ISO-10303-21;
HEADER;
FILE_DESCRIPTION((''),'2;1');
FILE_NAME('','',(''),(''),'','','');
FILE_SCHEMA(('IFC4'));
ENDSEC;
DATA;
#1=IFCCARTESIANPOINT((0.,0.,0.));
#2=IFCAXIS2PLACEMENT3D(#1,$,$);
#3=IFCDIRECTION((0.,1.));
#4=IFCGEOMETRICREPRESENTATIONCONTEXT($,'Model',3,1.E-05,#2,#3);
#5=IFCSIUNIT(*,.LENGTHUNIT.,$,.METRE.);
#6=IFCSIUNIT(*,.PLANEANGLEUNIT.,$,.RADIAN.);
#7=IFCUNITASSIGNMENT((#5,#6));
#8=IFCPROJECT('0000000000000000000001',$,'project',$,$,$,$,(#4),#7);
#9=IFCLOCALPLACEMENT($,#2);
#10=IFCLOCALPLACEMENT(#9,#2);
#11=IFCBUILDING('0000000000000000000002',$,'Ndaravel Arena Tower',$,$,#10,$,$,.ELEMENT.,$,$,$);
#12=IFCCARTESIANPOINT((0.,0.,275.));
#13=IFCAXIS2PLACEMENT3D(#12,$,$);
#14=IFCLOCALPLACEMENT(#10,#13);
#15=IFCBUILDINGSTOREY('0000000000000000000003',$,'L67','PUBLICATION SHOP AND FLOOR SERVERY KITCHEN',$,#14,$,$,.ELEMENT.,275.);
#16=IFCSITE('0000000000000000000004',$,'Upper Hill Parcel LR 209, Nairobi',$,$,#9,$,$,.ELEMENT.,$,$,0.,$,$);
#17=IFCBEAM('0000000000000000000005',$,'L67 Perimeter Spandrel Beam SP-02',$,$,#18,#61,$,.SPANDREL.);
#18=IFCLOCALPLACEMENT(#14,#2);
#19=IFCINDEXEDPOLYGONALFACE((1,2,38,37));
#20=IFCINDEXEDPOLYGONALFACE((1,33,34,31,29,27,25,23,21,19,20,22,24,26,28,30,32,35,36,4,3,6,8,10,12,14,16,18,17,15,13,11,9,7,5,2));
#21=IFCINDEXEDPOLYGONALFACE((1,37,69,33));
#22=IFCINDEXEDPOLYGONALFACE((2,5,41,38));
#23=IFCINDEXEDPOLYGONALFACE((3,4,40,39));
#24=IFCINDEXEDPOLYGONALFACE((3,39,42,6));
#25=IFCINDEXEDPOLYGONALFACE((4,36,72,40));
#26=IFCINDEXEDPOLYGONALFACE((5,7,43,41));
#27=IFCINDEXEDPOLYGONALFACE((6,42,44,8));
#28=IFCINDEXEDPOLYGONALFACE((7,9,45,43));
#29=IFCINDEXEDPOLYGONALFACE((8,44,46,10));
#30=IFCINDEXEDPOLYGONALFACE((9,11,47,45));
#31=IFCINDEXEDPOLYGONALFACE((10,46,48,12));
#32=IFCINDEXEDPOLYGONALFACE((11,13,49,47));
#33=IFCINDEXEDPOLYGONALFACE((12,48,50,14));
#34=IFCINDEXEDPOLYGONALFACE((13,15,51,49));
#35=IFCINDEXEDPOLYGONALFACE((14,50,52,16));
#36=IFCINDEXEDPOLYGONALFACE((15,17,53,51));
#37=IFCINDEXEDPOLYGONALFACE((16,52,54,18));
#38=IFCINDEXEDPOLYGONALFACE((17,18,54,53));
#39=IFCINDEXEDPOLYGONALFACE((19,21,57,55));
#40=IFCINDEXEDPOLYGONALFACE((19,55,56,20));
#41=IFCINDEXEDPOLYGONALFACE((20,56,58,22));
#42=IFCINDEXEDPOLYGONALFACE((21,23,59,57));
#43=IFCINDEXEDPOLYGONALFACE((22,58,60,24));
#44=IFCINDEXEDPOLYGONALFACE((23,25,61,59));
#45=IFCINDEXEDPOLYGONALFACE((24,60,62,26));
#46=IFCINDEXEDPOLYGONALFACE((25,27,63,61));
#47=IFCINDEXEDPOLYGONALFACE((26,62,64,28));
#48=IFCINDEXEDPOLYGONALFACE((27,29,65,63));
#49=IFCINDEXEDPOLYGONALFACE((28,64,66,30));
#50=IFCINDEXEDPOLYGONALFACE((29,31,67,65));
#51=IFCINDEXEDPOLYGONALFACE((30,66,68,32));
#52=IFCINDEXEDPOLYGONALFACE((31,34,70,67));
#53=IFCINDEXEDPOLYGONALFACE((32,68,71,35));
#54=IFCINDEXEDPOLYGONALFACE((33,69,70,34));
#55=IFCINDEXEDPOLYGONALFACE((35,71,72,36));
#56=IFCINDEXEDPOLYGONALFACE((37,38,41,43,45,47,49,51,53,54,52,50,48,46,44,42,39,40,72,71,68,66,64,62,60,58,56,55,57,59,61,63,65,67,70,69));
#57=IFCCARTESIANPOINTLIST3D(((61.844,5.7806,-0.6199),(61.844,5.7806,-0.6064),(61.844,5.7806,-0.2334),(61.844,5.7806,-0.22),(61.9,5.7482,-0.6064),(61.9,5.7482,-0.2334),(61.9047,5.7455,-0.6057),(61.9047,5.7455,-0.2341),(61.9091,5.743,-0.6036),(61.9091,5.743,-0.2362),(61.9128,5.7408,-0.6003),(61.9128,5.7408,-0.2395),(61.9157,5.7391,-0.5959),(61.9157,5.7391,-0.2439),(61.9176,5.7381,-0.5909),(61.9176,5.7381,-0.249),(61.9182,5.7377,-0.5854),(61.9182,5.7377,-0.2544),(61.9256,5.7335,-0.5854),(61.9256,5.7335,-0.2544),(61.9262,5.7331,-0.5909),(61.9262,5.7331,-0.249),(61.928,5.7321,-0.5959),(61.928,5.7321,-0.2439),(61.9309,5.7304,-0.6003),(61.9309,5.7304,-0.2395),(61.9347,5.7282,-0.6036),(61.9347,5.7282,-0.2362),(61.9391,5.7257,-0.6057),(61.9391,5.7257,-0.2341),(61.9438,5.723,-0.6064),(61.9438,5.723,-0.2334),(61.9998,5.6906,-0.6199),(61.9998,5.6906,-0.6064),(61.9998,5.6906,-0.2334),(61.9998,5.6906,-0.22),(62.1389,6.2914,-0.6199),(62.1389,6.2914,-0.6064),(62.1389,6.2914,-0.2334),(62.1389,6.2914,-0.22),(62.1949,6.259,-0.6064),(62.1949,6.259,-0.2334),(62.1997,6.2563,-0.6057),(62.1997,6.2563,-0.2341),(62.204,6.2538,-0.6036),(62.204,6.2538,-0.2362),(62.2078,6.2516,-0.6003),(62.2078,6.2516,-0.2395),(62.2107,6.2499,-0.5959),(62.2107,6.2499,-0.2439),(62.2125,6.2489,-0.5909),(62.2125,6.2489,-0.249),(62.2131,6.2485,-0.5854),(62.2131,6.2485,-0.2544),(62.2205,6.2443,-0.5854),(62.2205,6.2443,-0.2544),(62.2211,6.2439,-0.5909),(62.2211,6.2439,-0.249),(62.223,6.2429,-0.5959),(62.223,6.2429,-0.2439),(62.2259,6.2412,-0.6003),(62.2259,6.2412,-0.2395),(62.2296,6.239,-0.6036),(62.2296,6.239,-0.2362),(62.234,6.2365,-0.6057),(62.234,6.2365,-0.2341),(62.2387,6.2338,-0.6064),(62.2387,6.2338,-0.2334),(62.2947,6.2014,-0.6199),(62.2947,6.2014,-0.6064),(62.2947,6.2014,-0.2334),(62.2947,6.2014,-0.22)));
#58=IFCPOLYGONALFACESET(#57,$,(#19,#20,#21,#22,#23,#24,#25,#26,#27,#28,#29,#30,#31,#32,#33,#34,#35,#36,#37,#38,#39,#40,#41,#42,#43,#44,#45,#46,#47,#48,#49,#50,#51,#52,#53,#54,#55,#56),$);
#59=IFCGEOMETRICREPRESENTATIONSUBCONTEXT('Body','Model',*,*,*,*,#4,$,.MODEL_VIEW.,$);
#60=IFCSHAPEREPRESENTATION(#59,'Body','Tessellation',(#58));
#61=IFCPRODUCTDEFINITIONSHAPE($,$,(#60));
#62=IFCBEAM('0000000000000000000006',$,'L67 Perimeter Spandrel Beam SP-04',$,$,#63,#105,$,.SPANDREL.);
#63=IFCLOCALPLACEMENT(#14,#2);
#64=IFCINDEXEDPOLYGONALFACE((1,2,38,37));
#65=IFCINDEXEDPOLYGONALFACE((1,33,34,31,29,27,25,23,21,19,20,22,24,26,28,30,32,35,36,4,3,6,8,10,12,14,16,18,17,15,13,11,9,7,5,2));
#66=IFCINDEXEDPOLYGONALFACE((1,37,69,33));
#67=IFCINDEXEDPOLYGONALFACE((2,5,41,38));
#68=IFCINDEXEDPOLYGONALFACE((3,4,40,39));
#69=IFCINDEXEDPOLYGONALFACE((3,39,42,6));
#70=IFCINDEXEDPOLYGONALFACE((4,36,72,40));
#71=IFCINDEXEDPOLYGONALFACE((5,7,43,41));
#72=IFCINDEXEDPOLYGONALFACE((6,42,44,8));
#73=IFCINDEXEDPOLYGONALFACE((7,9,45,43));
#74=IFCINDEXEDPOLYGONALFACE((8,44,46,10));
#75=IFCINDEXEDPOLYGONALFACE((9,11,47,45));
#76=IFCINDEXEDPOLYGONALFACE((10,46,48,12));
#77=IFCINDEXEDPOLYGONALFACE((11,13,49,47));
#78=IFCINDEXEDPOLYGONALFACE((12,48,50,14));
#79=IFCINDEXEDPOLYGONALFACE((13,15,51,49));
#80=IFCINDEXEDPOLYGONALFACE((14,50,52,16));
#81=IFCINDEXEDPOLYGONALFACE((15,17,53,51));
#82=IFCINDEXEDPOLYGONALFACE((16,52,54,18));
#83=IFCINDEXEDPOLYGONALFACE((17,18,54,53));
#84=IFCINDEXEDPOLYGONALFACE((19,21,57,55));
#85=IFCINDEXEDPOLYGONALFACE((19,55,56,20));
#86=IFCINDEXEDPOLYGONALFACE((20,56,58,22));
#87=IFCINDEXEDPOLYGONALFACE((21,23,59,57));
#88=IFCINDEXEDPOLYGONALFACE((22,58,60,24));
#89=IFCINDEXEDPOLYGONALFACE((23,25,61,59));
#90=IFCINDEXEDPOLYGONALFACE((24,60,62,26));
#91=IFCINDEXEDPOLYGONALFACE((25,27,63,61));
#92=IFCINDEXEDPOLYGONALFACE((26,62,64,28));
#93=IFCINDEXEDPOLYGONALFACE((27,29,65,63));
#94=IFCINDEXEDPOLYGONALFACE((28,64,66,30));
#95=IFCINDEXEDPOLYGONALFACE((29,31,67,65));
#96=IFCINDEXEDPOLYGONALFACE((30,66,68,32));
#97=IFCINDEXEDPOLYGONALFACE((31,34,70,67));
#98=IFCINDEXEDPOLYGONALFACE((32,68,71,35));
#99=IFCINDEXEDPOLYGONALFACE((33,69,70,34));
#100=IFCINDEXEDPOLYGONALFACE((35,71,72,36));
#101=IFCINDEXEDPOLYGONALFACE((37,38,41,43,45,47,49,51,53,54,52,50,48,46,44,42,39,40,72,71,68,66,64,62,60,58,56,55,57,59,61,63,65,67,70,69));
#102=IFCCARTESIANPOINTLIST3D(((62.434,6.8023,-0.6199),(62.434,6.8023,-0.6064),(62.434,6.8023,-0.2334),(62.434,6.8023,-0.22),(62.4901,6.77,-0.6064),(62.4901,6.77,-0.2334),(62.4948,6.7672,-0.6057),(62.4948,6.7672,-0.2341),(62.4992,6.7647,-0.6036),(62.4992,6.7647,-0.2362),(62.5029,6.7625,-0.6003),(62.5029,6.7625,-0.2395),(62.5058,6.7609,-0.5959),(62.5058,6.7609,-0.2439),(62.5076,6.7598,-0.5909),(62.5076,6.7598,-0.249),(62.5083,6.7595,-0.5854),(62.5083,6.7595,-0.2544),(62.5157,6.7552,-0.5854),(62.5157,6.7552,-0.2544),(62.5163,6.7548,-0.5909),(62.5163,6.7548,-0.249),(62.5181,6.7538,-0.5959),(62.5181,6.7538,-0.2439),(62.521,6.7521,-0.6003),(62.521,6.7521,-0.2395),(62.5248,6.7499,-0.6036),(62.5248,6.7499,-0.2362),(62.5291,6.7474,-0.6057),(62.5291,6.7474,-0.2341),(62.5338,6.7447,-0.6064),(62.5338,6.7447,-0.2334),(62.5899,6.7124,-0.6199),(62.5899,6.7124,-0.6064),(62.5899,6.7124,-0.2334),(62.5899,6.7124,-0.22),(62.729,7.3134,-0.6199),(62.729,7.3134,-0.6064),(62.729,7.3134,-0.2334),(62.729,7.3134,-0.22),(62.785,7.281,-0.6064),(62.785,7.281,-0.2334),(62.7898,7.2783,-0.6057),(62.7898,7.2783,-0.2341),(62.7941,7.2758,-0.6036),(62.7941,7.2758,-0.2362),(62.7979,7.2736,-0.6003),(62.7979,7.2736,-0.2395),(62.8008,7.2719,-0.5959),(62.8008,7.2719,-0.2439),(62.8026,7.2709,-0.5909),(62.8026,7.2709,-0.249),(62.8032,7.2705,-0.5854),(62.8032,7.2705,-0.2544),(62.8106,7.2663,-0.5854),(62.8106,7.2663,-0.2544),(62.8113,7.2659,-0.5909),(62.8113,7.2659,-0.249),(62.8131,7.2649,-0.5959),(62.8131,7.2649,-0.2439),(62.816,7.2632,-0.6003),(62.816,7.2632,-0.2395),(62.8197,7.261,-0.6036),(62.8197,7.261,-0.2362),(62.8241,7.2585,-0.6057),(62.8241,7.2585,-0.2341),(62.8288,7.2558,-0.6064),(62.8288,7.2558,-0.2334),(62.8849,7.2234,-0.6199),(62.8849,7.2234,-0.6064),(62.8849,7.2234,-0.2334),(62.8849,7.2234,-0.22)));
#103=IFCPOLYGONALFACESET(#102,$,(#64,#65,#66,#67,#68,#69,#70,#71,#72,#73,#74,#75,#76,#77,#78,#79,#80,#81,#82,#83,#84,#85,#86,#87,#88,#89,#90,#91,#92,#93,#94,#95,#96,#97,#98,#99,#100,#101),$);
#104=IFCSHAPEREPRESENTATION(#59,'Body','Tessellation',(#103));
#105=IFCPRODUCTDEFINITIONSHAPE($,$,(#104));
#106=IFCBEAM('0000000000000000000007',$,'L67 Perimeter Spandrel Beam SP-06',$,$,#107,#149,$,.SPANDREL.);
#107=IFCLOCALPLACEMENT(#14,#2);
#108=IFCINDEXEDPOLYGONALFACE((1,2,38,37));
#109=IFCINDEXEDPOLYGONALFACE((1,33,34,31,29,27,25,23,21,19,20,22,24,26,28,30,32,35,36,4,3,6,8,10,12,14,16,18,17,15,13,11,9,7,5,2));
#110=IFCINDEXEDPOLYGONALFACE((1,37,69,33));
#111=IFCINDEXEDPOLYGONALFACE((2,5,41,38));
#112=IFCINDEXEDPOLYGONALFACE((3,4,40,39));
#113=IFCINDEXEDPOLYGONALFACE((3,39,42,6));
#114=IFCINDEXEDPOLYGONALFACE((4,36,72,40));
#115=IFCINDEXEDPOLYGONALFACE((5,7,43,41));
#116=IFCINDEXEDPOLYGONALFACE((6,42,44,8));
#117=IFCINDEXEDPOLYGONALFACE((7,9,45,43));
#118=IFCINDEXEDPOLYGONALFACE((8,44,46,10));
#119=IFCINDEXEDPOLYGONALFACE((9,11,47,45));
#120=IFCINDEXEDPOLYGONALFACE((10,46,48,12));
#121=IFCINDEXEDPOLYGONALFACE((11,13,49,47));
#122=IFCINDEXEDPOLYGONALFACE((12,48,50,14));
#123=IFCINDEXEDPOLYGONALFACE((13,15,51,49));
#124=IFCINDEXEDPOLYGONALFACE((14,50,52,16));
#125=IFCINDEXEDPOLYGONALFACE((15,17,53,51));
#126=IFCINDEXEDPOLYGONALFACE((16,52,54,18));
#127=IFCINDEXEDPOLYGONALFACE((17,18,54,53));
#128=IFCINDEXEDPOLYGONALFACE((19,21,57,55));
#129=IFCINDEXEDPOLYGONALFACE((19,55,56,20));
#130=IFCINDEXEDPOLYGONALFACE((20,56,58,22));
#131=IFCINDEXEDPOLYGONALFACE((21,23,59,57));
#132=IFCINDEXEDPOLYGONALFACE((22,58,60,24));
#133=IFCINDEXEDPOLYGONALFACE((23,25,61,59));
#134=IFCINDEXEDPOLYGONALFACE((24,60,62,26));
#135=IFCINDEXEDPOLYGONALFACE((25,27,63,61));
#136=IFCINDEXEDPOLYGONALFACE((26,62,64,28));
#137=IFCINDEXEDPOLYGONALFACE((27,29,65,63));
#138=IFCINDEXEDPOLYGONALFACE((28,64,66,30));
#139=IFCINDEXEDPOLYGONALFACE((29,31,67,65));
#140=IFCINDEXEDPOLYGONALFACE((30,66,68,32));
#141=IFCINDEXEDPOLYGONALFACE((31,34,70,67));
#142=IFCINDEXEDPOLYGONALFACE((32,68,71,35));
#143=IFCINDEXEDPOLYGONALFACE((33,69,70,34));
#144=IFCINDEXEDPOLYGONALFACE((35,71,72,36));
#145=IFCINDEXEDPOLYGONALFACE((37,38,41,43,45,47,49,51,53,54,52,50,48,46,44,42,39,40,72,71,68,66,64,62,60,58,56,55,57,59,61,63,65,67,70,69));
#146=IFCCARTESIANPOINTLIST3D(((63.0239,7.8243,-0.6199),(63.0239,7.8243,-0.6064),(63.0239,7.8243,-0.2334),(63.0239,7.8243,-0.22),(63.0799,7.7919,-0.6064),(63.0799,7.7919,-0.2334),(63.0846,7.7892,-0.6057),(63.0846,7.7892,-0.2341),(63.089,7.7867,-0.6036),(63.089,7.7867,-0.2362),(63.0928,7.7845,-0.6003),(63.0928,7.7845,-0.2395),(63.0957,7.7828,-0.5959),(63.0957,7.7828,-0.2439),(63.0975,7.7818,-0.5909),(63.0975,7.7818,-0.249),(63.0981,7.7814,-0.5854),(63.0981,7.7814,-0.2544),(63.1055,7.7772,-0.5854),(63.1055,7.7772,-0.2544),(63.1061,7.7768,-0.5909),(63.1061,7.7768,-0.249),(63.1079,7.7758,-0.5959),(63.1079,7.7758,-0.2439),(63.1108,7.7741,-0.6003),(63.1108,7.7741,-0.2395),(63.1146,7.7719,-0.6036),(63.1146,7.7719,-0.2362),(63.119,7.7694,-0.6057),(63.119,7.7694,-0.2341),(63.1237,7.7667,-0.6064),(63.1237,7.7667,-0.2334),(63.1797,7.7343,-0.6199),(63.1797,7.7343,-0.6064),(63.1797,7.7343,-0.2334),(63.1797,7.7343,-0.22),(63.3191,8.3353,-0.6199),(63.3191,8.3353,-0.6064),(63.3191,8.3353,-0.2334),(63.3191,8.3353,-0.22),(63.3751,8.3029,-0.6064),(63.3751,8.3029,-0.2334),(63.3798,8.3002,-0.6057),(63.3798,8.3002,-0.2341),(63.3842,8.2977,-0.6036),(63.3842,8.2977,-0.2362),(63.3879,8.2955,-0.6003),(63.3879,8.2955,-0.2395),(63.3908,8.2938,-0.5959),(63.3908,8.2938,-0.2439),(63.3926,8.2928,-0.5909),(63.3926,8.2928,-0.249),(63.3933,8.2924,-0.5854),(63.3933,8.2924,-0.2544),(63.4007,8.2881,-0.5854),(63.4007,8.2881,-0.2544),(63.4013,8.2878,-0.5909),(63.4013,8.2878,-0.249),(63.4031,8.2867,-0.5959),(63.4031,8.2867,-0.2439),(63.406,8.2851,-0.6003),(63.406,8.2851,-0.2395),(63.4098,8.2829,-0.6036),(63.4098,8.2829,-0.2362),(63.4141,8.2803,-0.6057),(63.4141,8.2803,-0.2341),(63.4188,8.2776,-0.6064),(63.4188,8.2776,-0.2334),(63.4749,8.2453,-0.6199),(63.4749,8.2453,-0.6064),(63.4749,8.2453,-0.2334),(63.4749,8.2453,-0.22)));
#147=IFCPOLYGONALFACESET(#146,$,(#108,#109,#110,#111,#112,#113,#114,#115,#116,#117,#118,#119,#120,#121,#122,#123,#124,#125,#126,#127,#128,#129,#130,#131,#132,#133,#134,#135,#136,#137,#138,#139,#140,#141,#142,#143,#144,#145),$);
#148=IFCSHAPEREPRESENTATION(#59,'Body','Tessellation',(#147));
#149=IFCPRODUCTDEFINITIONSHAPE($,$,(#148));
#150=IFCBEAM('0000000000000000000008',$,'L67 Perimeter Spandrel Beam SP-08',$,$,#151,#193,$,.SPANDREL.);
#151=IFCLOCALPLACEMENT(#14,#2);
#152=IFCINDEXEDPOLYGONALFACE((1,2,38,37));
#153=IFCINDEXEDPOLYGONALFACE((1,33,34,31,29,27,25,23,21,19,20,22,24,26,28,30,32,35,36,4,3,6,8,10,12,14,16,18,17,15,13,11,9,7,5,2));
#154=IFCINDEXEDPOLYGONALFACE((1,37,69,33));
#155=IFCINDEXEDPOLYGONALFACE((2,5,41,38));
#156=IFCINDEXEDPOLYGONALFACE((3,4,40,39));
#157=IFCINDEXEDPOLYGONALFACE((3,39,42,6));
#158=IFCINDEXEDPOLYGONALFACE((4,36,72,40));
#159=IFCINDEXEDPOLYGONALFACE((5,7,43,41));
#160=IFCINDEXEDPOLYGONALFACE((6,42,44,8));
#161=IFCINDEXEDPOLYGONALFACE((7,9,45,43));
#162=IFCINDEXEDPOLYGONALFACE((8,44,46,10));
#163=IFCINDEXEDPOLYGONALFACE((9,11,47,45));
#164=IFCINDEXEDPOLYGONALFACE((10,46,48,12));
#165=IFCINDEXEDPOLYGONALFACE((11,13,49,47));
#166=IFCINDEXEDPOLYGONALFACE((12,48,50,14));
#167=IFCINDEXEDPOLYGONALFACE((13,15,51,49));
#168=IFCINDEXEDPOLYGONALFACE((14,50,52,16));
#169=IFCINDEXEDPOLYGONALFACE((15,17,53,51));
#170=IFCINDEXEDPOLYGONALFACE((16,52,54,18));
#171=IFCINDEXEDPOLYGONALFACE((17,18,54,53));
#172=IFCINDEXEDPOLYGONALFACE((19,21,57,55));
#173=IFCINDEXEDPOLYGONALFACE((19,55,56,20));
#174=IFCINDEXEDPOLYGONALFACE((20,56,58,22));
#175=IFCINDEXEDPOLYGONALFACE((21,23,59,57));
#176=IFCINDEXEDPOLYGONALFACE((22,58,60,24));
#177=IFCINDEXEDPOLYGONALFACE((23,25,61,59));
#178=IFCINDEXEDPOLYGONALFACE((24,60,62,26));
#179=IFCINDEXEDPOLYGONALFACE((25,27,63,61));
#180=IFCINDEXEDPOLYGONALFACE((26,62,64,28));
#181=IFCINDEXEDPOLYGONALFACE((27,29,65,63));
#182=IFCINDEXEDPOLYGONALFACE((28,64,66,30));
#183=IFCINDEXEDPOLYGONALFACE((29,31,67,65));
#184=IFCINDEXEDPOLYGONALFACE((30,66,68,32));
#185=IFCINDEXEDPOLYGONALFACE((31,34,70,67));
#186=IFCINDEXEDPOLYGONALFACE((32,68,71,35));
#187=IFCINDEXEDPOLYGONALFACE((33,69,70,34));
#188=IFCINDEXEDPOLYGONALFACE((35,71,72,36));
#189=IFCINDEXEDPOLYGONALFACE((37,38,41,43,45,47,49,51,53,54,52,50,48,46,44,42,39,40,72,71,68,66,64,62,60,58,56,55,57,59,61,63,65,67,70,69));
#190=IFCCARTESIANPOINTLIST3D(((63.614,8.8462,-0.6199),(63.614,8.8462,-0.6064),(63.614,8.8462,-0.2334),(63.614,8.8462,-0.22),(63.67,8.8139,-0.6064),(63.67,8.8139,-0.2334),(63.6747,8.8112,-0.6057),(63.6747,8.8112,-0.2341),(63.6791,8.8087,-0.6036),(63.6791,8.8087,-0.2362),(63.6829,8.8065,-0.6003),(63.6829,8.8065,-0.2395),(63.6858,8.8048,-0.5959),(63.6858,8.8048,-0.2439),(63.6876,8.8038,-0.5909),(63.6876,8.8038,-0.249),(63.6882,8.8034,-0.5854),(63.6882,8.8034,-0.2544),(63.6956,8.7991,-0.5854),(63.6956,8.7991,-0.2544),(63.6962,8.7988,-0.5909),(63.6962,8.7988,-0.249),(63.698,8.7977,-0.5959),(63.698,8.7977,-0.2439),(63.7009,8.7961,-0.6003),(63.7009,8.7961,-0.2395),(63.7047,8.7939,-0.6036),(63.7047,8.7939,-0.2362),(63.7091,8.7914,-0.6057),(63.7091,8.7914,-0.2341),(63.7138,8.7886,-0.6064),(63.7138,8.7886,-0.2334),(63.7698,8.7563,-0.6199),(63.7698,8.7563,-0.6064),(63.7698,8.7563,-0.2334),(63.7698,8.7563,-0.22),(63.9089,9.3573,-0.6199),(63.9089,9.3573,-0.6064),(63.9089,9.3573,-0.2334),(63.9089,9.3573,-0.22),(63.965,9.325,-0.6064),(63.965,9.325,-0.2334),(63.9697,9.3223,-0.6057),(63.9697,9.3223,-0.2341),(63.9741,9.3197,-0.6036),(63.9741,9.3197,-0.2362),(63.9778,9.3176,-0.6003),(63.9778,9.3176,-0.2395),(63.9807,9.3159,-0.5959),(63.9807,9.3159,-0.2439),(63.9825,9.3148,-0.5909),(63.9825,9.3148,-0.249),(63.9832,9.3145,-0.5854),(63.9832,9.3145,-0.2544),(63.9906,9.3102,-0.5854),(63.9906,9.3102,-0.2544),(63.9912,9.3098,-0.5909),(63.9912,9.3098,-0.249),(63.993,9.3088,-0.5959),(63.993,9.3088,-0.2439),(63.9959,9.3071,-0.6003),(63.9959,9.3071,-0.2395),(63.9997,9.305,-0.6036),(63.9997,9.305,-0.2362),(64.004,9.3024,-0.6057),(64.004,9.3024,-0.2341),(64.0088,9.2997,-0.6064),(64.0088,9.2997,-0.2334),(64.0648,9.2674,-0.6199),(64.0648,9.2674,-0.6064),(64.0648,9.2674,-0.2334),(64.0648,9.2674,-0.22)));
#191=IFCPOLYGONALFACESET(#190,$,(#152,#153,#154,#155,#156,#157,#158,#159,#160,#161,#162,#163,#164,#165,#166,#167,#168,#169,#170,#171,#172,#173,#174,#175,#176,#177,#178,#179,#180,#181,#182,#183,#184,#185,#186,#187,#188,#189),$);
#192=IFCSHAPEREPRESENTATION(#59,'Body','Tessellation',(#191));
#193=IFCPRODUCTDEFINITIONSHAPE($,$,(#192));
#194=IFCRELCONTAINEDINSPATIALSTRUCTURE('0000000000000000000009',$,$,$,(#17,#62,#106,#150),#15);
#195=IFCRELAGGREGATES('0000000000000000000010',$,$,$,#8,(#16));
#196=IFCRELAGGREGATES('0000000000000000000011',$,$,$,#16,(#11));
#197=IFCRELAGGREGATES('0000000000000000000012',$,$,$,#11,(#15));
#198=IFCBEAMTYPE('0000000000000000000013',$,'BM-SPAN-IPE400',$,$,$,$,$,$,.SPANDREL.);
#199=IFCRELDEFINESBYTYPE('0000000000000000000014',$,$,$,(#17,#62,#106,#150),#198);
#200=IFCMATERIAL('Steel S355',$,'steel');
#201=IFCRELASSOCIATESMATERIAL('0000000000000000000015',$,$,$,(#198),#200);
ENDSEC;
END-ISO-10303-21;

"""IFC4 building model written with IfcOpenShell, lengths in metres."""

from ifc_helpers import new_model, si_unit, direction, frame, origin, origin_2d, place, context, subcontext, project, spatial, i_section, extrude, material, material_profile, profile_set, type_object, element, save


model = new_model("IFC4")

# Units and contexts
model_context = context("Model", 3, precision=1e-05, world=origin(), true_north=direction((0.0, 1.0)))
body_context = subcontext(model_context, "Body", "Model", "MODEL_VIEW")
ifc_project = project(units=[si_unit("LENGTHUNIT", "METRE"), si_unit("PLANEANGLEUNIT", "RADIAN")], contexts=[model_context])

# Site, building, storey
site_placement = place(None, origin())
site = spatial("IfcSite", under=ifc_project, at=site_placement, Name="Upper Hill Parcel LR 209, Nairobi", CompositionType="ELEMENT", RefElevation=0.0)
building_placement = place(site_placement, origin())
building = spatial("IfcBuilding", under=site, at=building_placement, Name="Ndaravel Arena Tower", CompositionType="ELEMENT")
storey_placement = place(building_placement, frame((0.0, 0.0, 275.0)))
storey = spatial("IfcBuildingStorey", under=building, at=storey_placement, Name="L67", Description="PUBLICATION SHOP AND FLOOR SERVERY KITCHEN", CompositionType="ELEMENT", Elevation=275.0)

# Beams
ifc_material_1 = material(Name="Steel S355", Category="steel")
ifc_material_profile_1 = material_profile(ifc_material_1, i_section(OverallWidth=0.1799, OverallDepth=0.3999, WebThickness=0.0085, FlangeThickness=0.0134, FilletRadius=0.021, at=origin_2d()), Name="IPE 400")
ifc_profile_set_1 = profile_set([ifc_material_profile_1], Name="Steel S355")
beam_type = type_object("IfcBeamType", Name="BM-SPAN-IPE400", PredefinedType="SPANDREL", material=ifc_profile_set_1)
beam_1_placement = place(storey_placement, frame((61.9219, 5.7356, -0.4199), z_axis=(0.500057, 0.865993, 0.0), x_axis=(-0.865993, 0.500057, 0.0)))
element("IfcBeam", 1, at=beam_1_placement, inside=storey, type_object=beam_type, Name="L67 Perimeter Spandrel Beam SP-02", PredefinedType="SPANDREL", context=body_context, shape_type="SweptSolid", body=[
    extrude(i_section(OverallWidth=0.1799, OverallDepth=0.3999, WebThickness=0.0085, FlangeThickness=0.0134, FilletRadius=0.021, at=origin_2d()), origin(), (0.0, 0.0, 1.0), 0.5898),
])
for number, where, z_axis, x_axis, name in (
    (2, (62.512, 6.7573, -0.4199), (0.499878, 0.866096, 0.0), (-0.866096, 0.499878, 0.0), "L67 Perimeter Spandrel Beam SP-04"),
    (3, (63.1018, 7.7793, -0.4199), (0.500188, 0.865917, 0.0), (-0.865917, 0.500188, 0.0), "L67 Perimeter Spandrel Beam SP-06"),
    (4, (63.6919, 8.8013, -0.4199), (0.499878, 0.866096, 0.0), (-0.866096, 0.499878, 0.0), "L67 Perimeter Spandrel Beam SP-08"),
):
    element("IfcBeam", number, at=place(storey_placement, frame(where, z_axis=z_axis, x_axis=x_axis)), inside=storey, type_object=beam_type, Name=name, PredefinedType="SPANDREL", context=body_context, shape_type="SweptSolid", body=[
        extrude(i_section(OverallWidth=0.1799, OverallDepth=0.3999, WebThickness=0.0085, FlangeThickness=0.0134, FilletRadius=0.021, at=origin_2d()), origin(), (0.0, 0.0, 1.0), 0.5901),
    ])

save(model, "model.ifc")
